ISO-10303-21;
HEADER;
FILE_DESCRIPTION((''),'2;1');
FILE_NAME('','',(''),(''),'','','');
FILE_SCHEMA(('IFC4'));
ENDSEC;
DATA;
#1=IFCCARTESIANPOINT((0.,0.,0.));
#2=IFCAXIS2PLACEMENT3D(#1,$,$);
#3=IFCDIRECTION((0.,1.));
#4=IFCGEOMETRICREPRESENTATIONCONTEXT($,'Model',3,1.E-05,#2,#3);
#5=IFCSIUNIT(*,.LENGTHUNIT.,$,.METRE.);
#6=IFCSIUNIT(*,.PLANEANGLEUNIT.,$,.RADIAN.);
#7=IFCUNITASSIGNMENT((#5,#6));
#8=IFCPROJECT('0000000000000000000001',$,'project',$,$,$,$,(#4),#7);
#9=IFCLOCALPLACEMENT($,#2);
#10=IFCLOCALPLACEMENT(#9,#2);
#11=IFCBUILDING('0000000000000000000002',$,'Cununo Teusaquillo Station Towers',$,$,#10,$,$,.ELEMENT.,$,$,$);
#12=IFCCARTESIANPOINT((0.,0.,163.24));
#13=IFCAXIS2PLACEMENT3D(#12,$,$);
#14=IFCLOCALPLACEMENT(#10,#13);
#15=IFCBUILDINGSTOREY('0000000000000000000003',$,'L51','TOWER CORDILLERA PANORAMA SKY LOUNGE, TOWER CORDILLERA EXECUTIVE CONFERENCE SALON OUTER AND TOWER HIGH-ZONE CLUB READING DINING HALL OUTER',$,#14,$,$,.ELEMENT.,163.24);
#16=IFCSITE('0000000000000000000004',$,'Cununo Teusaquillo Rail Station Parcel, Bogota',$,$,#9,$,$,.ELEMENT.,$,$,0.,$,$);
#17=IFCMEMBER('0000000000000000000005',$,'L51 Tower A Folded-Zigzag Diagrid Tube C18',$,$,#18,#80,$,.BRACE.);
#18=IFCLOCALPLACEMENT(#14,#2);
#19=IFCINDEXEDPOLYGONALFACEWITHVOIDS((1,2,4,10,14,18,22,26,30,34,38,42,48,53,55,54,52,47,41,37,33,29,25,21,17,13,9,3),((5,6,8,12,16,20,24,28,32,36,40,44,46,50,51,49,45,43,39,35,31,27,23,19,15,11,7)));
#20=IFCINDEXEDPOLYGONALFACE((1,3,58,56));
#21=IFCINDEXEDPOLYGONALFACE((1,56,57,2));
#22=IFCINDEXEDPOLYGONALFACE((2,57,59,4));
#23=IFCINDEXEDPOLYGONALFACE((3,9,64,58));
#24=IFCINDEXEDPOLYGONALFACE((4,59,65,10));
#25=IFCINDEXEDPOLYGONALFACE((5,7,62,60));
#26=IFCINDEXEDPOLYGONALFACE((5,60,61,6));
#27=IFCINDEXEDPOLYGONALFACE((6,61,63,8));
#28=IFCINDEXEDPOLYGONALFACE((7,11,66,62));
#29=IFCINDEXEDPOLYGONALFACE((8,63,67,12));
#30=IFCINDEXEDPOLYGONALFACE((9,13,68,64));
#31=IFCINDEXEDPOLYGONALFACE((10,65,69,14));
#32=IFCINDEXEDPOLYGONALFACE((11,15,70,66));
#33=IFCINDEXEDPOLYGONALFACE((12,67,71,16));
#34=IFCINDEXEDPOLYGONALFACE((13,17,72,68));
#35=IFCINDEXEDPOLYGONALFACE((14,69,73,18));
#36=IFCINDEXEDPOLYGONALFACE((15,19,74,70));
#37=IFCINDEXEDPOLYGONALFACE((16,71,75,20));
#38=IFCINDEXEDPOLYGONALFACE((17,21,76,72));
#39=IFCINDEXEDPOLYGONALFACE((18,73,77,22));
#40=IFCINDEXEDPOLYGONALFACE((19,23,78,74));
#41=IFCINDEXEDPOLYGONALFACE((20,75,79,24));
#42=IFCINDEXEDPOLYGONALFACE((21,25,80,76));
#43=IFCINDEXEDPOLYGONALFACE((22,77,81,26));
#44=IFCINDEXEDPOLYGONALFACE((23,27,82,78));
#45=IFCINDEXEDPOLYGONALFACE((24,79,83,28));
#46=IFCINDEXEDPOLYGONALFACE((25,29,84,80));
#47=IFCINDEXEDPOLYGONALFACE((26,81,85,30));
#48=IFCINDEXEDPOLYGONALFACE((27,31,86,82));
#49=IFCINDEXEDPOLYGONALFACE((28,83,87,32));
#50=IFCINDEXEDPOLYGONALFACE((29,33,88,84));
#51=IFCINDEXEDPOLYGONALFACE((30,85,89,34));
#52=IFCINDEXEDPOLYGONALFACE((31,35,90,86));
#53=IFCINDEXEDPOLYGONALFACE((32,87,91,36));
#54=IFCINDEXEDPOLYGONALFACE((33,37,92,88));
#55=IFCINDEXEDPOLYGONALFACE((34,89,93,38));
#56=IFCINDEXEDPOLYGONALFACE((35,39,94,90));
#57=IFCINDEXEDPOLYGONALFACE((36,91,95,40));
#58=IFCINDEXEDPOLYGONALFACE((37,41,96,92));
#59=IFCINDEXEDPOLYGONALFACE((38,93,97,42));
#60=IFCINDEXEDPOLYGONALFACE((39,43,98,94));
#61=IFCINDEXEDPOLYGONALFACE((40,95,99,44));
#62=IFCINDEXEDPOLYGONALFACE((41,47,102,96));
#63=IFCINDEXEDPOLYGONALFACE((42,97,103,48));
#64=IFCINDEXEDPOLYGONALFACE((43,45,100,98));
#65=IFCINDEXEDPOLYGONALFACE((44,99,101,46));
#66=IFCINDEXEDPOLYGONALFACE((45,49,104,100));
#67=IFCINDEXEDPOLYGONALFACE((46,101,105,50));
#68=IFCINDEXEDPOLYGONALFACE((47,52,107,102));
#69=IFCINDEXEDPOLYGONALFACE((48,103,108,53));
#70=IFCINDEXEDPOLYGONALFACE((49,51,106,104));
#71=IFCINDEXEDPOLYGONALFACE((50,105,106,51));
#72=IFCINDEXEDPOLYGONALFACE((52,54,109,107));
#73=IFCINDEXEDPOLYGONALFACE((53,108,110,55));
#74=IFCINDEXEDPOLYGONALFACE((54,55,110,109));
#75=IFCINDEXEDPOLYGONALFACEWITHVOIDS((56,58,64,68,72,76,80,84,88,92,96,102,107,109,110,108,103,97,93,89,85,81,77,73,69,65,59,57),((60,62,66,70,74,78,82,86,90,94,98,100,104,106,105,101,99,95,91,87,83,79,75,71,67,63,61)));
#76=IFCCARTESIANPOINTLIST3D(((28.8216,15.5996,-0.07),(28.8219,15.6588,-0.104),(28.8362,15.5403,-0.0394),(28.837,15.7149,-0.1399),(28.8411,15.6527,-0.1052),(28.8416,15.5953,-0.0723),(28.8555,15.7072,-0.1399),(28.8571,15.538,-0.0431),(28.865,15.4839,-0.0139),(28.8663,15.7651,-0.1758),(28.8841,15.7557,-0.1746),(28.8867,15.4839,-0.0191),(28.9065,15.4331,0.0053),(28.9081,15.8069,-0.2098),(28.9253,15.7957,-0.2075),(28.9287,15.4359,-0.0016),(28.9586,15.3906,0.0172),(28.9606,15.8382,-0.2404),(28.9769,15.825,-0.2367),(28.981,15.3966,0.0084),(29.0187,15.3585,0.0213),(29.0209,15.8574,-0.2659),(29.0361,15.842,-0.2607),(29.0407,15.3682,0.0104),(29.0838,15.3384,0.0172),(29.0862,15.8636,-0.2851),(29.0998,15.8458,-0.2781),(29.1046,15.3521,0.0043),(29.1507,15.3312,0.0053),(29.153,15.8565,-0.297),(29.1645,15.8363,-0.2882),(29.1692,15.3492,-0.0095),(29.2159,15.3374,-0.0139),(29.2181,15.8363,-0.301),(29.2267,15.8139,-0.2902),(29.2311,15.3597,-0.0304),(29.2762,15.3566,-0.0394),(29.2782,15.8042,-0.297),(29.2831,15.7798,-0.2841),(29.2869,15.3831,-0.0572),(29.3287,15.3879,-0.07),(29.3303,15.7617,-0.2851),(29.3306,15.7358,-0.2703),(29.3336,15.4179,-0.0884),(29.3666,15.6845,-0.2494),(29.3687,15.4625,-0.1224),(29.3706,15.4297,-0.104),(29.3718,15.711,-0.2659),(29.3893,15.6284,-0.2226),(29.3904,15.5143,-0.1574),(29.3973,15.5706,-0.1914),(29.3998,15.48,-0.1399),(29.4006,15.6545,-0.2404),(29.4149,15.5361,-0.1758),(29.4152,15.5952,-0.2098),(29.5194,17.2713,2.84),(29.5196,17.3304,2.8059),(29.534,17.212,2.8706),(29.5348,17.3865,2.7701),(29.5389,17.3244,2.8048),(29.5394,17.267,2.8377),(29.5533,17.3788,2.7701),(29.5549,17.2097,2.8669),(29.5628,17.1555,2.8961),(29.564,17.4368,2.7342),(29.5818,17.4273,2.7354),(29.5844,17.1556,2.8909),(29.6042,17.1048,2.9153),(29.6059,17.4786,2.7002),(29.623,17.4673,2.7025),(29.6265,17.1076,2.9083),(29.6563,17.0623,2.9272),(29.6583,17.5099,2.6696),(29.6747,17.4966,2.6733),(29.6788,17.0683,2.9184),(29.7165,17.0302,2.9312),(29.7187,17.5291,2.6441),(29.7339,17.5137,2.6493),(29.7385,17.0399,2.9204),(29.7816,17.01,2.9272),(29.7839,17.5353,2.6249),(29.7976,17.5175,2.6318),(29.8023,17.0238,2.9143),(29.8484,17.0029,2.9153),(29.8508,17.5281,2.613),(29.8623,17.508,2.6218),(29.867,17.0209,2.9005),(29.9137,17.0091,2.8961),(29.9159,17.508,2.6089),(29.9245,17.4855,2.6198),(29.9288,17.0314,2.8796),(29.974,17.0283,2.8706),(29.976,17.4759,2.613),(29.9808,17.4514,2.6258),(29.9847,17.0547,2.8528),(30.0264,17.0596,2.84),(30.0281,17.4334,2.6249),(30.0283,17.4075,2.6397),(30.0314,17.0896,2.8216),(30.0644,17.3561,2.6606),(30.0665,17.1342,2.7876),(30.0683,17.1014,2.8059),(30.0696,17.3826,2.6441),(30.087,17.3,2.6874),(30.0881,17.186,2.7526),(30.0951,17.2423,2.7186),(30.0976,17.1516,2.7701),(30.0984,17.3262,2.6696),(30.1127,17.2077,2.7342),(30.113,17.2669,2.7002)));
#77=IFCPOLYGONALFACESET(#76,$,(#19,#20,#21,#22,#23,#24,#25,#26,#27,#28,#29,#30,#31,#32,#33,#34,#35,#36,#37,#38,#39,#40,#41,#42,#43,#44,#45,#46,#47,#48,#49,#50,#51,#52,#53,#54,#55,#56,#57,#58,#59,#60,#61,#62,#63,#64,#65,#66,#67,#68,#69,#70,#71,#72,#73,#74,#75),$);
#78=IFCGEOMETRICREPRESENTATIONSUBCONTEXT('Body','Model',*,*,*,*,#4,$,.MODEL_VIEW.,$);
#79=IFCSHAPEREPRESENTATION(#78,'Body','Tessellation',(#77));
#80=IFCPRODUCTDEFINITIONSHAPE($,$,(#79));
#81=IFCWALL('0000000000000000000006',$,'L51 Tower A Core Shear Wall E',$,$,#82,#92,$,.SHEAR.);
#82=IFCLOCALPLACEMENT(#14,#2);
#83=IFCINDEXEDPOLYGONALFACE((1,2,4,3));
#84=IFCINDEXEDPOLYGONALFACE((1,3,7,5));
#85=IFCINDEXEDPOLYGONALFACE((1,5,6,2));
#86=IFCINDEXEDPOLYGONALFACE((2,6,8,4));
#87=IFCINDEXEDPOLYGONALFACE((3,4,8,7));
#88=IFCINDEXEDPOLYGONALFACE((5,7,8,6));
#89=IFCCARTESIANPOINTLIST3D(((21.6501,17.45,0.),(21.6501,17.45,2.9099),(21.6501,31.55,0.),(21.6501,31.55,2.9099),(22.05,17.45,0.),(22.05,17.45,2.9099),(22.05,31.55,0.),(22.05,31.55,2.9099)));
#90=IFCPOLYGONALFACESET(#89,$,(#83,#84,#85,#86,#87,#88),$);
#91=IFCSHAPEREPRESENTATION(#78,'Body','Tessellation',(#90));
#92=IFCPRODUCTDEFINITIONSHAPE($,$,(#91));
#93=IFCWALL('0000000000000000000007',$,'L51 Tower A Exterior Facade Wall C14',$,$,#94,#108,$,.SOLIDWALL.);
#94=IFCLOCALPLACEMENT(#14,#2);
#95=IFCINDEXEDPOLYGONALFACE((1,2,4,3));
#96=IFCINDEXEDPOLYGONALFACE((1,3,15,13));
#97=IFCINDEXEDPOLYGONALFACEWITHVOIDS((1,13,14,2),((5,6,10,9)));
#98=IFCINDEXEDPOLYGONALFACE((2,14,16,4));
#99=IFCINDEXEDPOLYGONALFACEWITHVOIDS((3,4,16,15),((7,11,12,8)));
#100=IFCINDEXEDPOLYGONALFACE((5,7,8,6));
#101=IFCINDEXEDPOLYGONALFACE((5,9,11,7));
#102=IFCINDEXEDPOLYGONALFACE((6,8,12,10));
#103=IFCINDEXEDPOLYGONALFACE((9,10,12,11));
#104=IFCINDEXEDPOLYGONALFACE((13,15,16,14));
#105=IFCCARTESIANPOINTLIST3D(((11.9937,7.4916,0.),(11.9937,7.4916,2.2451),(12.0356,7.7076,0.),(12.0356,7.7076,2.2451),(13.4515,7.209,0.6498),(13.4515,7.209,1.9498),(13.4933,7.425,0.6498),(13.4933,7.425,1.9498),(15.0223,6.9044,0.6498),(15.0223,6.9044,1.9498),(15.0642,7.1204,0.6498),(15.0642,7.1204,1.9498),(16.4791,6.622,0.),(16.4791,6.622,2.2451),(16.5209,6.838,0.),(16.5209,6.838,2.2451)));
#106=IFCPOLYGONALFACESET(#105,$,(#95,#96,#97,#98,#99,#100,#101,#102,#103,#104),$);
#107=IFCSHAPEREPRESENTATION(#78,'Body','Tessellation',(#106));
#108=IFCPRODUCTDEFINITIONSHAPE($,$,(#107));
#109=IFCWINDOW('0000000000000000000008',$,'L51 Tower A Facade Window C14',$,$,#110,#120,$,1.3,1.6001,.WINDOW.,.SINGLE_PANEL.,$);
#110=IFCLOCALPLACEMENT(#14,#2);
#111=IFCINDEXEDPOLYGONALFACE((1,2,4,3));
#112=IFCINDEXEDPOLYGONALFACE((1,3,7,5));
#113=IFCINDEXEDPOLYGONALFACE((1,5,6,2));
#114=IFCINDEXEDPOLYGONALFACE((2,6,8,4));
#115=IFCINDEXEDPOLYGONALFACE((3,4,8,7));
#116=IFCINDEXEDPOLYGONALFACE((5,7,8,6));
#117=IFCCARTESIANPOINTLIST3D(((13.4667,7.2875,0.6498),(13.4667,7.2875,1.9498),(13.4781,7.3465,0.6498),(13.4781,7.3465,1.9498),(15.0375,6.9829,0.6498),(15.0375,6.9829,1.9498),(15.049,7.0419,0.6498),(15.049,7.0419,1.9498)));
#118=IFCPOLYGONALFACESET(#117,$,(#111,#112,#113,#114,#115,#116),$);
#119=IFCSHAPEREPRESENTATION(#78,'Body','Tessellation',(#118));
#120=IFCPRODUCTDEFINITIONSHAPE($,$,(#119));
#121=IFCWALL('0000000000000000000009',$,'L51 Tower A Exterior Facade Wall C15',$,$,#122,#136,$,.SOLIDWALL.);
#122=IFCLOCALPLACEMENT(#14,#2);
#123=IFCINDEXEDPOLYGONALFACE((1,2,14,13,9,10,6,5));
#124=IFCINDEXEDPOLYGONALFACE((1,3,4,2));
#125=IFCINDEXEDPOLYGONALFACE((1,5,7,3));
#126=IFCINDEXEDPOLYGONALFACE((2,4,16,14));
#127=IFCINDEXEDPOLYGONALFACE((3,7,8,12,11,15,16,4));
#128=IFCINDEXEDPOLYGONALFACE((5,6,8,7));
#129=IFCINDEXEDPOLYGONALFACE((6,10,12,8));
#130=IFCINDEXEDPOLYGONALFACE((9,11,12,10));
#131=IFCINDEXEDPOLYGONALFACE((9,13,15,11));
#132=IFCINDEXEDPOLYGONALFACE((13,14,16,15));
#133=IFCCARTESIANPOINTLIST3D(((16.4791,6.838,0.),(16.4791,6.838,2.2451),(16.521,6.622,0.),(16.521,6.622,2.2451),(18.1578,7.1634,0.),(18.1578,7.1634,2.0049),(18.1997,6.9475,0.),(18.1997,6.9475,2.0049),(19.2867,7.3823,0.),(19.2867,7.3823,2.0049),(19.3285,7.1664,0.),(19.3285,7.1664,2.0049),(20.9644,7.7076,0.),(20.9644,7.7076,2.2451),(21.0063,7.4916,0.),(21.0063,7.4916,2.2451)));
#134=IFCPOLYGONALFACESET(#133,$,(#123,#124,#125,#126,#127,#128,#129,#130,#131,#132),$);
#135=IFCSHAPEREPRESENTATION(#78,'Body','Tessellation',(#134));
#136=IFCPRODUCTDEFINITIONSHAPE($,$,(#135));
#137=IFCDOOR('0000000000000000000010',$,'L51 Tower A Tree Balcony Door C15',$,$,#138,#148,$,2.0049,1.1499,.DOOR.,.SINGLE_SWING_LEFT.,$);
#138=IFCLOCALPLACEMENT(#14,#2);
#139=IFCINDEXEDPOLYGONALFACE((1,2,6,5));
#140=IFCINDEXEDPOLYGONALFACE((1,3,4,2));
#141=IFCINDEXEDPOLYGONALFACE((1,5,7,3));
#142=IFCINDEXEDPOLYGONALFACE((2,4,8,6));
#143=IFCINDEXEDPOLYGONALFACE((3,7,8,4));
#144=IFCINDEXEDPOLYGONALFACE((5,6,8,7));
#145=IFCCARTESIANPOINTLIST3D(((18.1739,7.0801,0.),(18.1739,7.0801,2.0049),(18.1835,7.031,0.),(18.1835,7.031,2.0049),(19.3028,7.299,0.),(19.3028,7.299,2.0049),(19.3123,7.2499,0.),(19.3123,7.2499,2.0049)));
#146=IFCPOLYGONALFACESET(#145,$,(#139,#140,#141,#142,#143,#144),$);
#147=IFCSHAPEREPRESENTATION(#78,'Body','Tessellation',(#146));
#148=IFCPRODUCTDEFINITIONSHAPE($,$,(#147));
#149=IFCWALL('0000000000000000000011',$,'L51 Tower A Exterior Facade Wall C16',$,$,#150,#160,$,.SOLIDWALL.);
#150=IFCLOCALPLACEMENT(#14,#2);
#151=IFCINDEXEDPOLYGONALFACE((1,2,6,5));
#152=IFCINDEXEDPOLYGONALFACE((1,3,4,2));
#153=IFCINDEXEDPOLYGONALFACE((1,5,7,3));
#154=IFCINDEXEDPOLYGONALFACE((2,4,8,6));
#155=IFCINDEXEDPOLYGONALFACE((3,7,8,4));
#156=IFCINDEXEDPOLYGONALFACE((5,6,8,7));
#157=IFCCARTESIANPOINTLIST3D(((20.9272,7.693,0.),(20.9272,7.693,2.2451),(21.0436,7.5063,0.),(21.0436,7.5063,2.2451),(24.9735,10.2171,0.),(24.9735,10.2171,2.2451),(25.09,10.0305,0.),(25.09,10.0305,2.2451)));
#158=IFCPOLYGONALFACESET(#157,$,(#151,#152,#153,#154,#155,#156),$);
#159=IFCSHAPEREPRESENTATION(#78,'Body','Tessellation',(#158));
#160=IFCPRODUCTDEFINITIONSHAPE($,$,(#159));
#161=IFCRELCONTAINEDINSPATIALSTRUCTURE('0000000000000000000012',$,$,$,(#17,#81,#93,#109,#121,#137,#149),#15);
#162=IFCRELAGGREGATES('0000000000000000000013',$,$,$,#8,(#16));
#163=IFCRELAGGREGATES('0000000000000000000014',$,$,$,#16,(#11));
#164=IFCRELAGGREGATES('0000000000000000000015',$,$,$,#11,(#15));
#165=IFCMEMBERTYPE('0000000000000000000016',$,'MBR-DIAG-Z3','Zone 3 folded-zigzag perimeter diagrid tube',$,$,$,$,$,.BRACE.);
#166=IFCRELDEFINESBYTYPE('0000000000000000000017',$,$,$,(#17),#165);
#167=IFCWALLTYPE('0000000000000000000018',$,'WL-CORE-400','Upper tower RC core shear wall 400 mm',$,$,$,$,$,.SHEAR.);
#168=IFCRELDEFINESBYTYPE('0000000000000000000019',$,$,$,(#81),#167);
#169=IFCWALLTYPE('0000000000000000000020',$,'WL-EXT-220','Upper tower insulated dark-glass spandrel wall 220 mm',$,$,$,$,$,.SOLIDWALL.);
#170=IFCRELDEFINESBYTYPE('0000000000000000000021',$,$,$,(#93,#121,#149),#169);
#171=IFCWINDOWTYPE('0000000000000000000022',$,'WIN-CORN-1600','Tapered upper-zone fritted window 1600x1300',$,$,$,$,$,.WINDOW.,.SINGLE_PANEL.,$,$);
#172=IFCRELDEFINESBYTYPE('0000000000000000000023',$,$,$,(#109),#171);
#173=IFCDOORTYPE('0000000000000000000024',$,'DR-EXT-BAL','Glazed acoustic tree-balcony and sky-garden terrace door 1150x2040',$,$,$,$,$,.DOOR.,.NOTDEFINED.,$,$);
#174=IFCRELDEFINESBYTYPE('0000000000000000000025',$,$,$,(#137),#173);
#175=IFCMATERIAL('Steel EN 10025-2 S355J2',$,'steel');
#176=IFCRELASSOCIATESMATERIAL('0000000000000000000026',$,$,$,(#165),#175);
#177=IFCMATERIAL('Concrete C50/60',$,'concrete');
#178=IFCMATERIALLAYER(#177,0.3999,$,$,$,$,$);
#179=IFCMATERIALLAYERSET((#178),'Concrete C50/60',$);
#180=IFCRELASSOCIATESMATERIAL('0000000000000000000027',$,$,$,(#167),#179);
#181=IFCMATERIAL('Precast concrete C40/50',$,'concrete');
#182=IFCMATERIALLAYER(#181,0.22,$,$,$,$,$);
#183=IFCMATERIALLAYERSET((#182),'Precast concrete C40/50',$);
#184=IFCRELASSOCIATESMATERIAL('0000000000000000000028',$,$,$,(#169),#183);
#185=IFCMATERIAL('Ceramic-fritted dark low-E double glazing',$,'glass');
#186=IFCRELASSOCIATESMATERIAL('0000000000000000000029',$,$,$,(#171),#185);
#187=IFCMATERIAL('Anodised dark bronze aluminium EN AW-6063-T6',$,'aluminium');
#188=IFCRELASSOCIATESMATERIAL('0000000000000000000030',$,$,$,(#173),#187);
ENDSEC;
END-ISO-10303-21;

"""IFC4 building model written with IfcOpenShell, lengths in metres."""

from ifc_helpers import new_model, si_unit, direction, frame, frame_2d, origin, origin_2d, place, context, subcontext, project, spatial, rectangle, hollow_circle, extrude, source, transform, mapped, material, layer, layer_set, material_profile, profile_set, type_object, element, fill, save


model = new_model("IFC4")

# Units and contexts
model_context = context("Model", 3, precision=1e-05, world=origin(), true_north=direction((0.0, 1.0)))
body_context = subcontext(model_context, "Body", "Model", "MODEL_VIEW")
ifc_project = project(units=[si_unit("LENGTHUNIT", "METRE"), si_unit("PLANEANGLEUNIT", "RADIAN")], contexts=[model_context])

# Site, building, storey
site_placement = place(None, origin())
site = spatial("IfcSite", under=ifc_project, at=site_placement, Name="Cununo Teusaquillo Rail Station Parcel, Bogota", CompositionType="ELEMENT", RefElevation=0.0)
building_placement = place(site_placement, origin())
building = spatial("IfcBuilding", under=site, at=building_placement, Name="Cununo Teusaquillo Station Towers", CompositionType="ELEMENT")
storey_placement = place(building_placement, frame((0.0, 0.0, 163.24)))
storey = spatial("IfcBuildingStorey", under=building, at=storey_placement, Name="L51", Description="TOWER CORDILLERA PANORAMA SKY LOUNGE, TOWER CORDILLERA EXECUTIVE CONFERENCE SALON OUTER AND TOWER HIGH-ZONE CLUB READING DINING HALL OUTER", CompositionType="ELEMENT", Elevation=163.24)

# Member
ifc_material_1 = material(Name="Steel EN 10025-2 S355J2", Category="steel")
ifc_material_profile_1 = material_profile(ifc_material_1, hollow_circle(Radius=0.3049, WallThickness=0.02, at=origin_2d()), Name="CHS 610x20")
ifc_profile_set_1 = profile_set([ifc_material_profile_1], Name="Steel EN 10025-2 S355J2")
member_type = type_object("IfcMemberType", Name="MBR-DIAG-Z3", Description="Zone 3 folded-zigzag perimeter diagrid tube", PredefinedType="BRACE", material=ifc_profile_set_1)
member_1_placement = place(storey_placement, frame((29.1184, 15.5974, -0.1399), z_axis=(0.203566, 0.48769, 0.848952), x_axis=(-0.922833, 0.385199, 0.0)))
element("IfcMember", 1, at=member_1_placement, inside=storey, type_object=member_type, Name="L51 Tower A Folded-Zigzag Diagrid Tube C18", PredefinedType="BRACE", context=body_context, shape_type="SweptSolid", body=[
    extrude(hollow_circle(Radius=0.3049, WallThickness=0.02, at=origin_2d()), origin(), (0.0, 0.0, 1.0), 3.4277),
])

# Wall
ifc_material_2 = material(Name="Concrete C50/60", Category="concrete")
ifc_layer_1 = layer(ifc_material_2, 0.3999)
ifc_layer_set_1 = layer_set([ifc_layer_1], Name="Concrete C50/60")
wall_type_1 = type_object("IfcWallType", Name="WL-CORE-400", Description="Upper tower RC core shear wall 400 mm", PredefinedType="SHEAR", material=ifc_layer_set_1)
wall_1_placement = place(storey_placement, frame((21.8501, 17.45, 0.0), z_axis=(0.0, 0.0, 1.0), x_axis=(0.0, 1.0, 0.0)))
element("IfcWall", 2, at=wall_1_placement, inside=storey, type_object=wall_type_1, Name="L51 Tower A Core Shear Wall E", PredefinedType="SHEAR", context=body_context, shape_type="SweptSolid", body=[
    extrude(rectangle(XDim=14.1001, YDim=0.3999, at=frame_2d((7.05, 0.0))), origin(), (0.0, 0.0, 1.0), 2.9099),
])

# Wall, opening, window
ifc_material_3 = material(Name="Precast concrete C40/50", Category="concrete")
ifc_layer_2 = layer(ifc_material_3, 0.22)
ifc_layer_set_2 = layer_set([ifc_layer_2], Name="Precast concrete C40/50")
wall_type_2 = type_object("IfcWallType", Name="WL-EXT-220", Description="Upper tower insulated dark-glass spandrel wall 220 mm", PredefinedType="SOLIDWALL", material=ifc_layer_set_2)
wall_2_placement = place(storey_placement, frame((16.5, 6.73, 0.0), z_axis=(0.0, 0.0, 1.0), x_axis=(-0.981719, 0.190338, 0.0)))
wall_2 = element("IfcWall", 3, at=wall_2_placement, inside=storey, type_object=wall_type_2, Name="L51 Tower A Exterior Facade Wall C14", PredefinedType="SOLIDWALL", context=body_context, shape_type="SweptSolid", body=[
    extrude(rectangle(XDim=4.5688, YDim=0.22, at=frame_2d((2.2844, 0.0))), origin(), (0.0, 0.0, 1.0), 2.2451),
])
shared_shape_1 = source(origin(), body_context, "Body", "SweptSolid", [
    extrude(rectangle(XDim=1.6001, YDim=1.3, at=frame_2d((0.8, 0.6499))), frame((0.0, 0.1199, 0.0), z_axis=(0.0, -1.0, 0.0), x_axis=(1.0, 0.0, 0.0)), (0.0, 0.0, 1.0), 0.24),
])
opening_1_placement = place(wall_2_placement, frame((1.4839, 0.0, 0.6499)))
opening_1 = element("IfcOpeningElement", 4, at=opening_1_placement, cuts=wall_2, PredefinedType="OPENING", context=body_context, shape_type="MappedRepresentation", body=[
    mapped(shared_shape_1, transform((0.0, 0.0, 0.0), x_axis=(1.0, 0.0, 0.0), y_axis=(0.0, 1.0, 0.0), z_axis=(0.0, 0.0, 1.0), scale=1.0)),
])
ifc_material_4 = material(Name="Ceramic-fritted dark low-E double glazing", Category="glass")
window_type = type_object("IfcWindowType", Name="WIN-CORN-1600", Description="Tapered upper-zone fritted window 1600x1300", PartitioningType="SINGLE_PANEL", PredefinedType="WINDOW", material=ifc_material_4)
shared_shape_2 = source(origin(), body_context, "Body", "SweptSolid", [
    extrude(rectangle(XDim=1.6001, YDim=1.3, at=frame_2d((0.8, 0.6499))), frame((0.0, 0.03, 0.0), z_axis=(0.0, -1.0, 0.0), x_axis=(1.0, 0.0, 0.0)), (0.0, 0.0, 1.0), 0.0601),
])
window_1_placement = place(opening_1_placement, origin())
window_1 = element("IfcWindow", 5, at=window_1_placement, inside=storey, type_object=window_type, Name="L51 Tower A Facade Window C14", OverallHeight=1.3, OverallWidth=1.6001, PartitioningType="SINGLE_PANEL", PredefinedType="WINDOW", context=body_context, shape_type="MappedRepresentation", body=[
    mapped(shared_shape_2, transform((0.0, 0.0, 0.0), x_axis=(1.0, 0.0, 0.0), y_axis=(0.0, 1.0, 0.0), z_axis=(0.0, 0.0, 1.0), scale=1.0)),
])
fill(opening_1, window_1)

# Wall, opening, door
wall_3_placement = place(storey_placement, frame((20.9854, 7.5996, 0.0), z_axis=(0.0, 0.0, 1.0), x_axis=(-0.981719, -0.190338, 0.0)))
wall_3 = element("IfcWall", 6, at=wall_3_placement, inside=storey, type_object=wall_type_2, Name="L51 Tower A Exterior Facade Wall C15", PredefinedType="SOLIDWALL", context=body_context, shape_type="SweptSolid", body=[
    extrude(rectangle(XDim=4.5688, YDim=0.22, at=frame_2d((2.2844, 0.0))), origin(), (0.0, 0.0, 1.0), 2.2451),
])
shared_shape_3 = source(origin(), body_context, "Body", "SweptSolid", [
    extrude(rectangle(XDim=1.1499, YDim=2.0049, at=frame_2d((0.575, 1.0024))), frame((0.0, 0.1199, 0.0), z_axis=(0.0, -1.0, 0.0), x_axis=(1.0, 0.0, 0.0)), (0.0, 0.0, 1.0), 0.24),
])
opening_2_placement = place(wall_3_placement, frame((1.709, 0.0, 0.0)))
opening_2 = element("IfcOpeningElement", 7, at=opening_2_placement, cuts=wall_3, PredefinedType="OPENING", context=body_context, shape_type="MappedRepresentation", body=[
    mapped(shared_shape_3, transform((0.0, 0.0, 0.0), x_axis=(1.0, 0.0, 0.0), y_axis=(0.0, 1.0, 0.0), z_axis=(0.0, 0.0, 1.0), scale=1.0)),
])
ifc_material_5 = material(Name="Anodised dark bronze aluminium EN AW-6063-T6", Category="aluminium")
door_type_1 = type_object("IfcDoorType", Name="DR-EXT-BAL", Description="Glazed acoustic tree-balcony and sky-garden terrace door 1150x2040", OperationType="NOTDEFINED", PredefinedType="DOOR", material=ifc_material_5)
shared_shape_4 = source(origin(), body_context, "Body", "SweptSolid", [
    extrude(rectangle(XDim=1.1499, YDim=2.0049, at=frame_2d((0.575, 1.0024))), frame((0.0, 0.0249, 0.0), z_axis=(0.0, -1.0, 0.0), x_axis=(1.0, 0.0, 0.0)), (0.0, 0.0, 1.0), 0.05),
])
door_1_placement = place(opening_2_placement, origin())
door_1 = element("IfcDoor", 8, at=door_1_placement, inside=storey, type_object=door_type_1, Name="L51 Tower A Tree Balcony Door C15", OperationType="SINGLE_SWING_LEFT", OverallHeight=2.0049, OverallWidth=1.1499, PredefinedType="DOOR", context=body_context, shape_type="MappedRepresentation", body=[
    mapped(shared_shape_4, transform((0.0, 0.0, 0.0), x_axis=(1.0, 0.0, 0.0), y_axis=(0.0, 1.0, 0.0), z_axis=(0.0, 0.0, 1.0), scale=1.0)),
])
fill(opening_2, door_1)

# Wall
wall_4_placement = place(storey_placement, frame((25.0317, 10.1238, 0.0), z_axis=(0.0, 0.0, 1.0), x_axis=(-0.848452, -0.529272, 0.0)))
element("IfcWall", 9, at=wall_4_placement, inside=storey, type_object=wall_type_2, Name="L51 Tower A Exterior Facade Wall C16", PredefinedType="SOLIDWALL", context=body_context, shape_type="SweptSolid", body=[
    extrude(rectangle(XDim=4.769, YDim=0.22, at=frame_2d((2.3845, 0.0))), origin(), (0.0, 0.0, 1.0), 2.2451),
])

save(model, "model.ifc")
